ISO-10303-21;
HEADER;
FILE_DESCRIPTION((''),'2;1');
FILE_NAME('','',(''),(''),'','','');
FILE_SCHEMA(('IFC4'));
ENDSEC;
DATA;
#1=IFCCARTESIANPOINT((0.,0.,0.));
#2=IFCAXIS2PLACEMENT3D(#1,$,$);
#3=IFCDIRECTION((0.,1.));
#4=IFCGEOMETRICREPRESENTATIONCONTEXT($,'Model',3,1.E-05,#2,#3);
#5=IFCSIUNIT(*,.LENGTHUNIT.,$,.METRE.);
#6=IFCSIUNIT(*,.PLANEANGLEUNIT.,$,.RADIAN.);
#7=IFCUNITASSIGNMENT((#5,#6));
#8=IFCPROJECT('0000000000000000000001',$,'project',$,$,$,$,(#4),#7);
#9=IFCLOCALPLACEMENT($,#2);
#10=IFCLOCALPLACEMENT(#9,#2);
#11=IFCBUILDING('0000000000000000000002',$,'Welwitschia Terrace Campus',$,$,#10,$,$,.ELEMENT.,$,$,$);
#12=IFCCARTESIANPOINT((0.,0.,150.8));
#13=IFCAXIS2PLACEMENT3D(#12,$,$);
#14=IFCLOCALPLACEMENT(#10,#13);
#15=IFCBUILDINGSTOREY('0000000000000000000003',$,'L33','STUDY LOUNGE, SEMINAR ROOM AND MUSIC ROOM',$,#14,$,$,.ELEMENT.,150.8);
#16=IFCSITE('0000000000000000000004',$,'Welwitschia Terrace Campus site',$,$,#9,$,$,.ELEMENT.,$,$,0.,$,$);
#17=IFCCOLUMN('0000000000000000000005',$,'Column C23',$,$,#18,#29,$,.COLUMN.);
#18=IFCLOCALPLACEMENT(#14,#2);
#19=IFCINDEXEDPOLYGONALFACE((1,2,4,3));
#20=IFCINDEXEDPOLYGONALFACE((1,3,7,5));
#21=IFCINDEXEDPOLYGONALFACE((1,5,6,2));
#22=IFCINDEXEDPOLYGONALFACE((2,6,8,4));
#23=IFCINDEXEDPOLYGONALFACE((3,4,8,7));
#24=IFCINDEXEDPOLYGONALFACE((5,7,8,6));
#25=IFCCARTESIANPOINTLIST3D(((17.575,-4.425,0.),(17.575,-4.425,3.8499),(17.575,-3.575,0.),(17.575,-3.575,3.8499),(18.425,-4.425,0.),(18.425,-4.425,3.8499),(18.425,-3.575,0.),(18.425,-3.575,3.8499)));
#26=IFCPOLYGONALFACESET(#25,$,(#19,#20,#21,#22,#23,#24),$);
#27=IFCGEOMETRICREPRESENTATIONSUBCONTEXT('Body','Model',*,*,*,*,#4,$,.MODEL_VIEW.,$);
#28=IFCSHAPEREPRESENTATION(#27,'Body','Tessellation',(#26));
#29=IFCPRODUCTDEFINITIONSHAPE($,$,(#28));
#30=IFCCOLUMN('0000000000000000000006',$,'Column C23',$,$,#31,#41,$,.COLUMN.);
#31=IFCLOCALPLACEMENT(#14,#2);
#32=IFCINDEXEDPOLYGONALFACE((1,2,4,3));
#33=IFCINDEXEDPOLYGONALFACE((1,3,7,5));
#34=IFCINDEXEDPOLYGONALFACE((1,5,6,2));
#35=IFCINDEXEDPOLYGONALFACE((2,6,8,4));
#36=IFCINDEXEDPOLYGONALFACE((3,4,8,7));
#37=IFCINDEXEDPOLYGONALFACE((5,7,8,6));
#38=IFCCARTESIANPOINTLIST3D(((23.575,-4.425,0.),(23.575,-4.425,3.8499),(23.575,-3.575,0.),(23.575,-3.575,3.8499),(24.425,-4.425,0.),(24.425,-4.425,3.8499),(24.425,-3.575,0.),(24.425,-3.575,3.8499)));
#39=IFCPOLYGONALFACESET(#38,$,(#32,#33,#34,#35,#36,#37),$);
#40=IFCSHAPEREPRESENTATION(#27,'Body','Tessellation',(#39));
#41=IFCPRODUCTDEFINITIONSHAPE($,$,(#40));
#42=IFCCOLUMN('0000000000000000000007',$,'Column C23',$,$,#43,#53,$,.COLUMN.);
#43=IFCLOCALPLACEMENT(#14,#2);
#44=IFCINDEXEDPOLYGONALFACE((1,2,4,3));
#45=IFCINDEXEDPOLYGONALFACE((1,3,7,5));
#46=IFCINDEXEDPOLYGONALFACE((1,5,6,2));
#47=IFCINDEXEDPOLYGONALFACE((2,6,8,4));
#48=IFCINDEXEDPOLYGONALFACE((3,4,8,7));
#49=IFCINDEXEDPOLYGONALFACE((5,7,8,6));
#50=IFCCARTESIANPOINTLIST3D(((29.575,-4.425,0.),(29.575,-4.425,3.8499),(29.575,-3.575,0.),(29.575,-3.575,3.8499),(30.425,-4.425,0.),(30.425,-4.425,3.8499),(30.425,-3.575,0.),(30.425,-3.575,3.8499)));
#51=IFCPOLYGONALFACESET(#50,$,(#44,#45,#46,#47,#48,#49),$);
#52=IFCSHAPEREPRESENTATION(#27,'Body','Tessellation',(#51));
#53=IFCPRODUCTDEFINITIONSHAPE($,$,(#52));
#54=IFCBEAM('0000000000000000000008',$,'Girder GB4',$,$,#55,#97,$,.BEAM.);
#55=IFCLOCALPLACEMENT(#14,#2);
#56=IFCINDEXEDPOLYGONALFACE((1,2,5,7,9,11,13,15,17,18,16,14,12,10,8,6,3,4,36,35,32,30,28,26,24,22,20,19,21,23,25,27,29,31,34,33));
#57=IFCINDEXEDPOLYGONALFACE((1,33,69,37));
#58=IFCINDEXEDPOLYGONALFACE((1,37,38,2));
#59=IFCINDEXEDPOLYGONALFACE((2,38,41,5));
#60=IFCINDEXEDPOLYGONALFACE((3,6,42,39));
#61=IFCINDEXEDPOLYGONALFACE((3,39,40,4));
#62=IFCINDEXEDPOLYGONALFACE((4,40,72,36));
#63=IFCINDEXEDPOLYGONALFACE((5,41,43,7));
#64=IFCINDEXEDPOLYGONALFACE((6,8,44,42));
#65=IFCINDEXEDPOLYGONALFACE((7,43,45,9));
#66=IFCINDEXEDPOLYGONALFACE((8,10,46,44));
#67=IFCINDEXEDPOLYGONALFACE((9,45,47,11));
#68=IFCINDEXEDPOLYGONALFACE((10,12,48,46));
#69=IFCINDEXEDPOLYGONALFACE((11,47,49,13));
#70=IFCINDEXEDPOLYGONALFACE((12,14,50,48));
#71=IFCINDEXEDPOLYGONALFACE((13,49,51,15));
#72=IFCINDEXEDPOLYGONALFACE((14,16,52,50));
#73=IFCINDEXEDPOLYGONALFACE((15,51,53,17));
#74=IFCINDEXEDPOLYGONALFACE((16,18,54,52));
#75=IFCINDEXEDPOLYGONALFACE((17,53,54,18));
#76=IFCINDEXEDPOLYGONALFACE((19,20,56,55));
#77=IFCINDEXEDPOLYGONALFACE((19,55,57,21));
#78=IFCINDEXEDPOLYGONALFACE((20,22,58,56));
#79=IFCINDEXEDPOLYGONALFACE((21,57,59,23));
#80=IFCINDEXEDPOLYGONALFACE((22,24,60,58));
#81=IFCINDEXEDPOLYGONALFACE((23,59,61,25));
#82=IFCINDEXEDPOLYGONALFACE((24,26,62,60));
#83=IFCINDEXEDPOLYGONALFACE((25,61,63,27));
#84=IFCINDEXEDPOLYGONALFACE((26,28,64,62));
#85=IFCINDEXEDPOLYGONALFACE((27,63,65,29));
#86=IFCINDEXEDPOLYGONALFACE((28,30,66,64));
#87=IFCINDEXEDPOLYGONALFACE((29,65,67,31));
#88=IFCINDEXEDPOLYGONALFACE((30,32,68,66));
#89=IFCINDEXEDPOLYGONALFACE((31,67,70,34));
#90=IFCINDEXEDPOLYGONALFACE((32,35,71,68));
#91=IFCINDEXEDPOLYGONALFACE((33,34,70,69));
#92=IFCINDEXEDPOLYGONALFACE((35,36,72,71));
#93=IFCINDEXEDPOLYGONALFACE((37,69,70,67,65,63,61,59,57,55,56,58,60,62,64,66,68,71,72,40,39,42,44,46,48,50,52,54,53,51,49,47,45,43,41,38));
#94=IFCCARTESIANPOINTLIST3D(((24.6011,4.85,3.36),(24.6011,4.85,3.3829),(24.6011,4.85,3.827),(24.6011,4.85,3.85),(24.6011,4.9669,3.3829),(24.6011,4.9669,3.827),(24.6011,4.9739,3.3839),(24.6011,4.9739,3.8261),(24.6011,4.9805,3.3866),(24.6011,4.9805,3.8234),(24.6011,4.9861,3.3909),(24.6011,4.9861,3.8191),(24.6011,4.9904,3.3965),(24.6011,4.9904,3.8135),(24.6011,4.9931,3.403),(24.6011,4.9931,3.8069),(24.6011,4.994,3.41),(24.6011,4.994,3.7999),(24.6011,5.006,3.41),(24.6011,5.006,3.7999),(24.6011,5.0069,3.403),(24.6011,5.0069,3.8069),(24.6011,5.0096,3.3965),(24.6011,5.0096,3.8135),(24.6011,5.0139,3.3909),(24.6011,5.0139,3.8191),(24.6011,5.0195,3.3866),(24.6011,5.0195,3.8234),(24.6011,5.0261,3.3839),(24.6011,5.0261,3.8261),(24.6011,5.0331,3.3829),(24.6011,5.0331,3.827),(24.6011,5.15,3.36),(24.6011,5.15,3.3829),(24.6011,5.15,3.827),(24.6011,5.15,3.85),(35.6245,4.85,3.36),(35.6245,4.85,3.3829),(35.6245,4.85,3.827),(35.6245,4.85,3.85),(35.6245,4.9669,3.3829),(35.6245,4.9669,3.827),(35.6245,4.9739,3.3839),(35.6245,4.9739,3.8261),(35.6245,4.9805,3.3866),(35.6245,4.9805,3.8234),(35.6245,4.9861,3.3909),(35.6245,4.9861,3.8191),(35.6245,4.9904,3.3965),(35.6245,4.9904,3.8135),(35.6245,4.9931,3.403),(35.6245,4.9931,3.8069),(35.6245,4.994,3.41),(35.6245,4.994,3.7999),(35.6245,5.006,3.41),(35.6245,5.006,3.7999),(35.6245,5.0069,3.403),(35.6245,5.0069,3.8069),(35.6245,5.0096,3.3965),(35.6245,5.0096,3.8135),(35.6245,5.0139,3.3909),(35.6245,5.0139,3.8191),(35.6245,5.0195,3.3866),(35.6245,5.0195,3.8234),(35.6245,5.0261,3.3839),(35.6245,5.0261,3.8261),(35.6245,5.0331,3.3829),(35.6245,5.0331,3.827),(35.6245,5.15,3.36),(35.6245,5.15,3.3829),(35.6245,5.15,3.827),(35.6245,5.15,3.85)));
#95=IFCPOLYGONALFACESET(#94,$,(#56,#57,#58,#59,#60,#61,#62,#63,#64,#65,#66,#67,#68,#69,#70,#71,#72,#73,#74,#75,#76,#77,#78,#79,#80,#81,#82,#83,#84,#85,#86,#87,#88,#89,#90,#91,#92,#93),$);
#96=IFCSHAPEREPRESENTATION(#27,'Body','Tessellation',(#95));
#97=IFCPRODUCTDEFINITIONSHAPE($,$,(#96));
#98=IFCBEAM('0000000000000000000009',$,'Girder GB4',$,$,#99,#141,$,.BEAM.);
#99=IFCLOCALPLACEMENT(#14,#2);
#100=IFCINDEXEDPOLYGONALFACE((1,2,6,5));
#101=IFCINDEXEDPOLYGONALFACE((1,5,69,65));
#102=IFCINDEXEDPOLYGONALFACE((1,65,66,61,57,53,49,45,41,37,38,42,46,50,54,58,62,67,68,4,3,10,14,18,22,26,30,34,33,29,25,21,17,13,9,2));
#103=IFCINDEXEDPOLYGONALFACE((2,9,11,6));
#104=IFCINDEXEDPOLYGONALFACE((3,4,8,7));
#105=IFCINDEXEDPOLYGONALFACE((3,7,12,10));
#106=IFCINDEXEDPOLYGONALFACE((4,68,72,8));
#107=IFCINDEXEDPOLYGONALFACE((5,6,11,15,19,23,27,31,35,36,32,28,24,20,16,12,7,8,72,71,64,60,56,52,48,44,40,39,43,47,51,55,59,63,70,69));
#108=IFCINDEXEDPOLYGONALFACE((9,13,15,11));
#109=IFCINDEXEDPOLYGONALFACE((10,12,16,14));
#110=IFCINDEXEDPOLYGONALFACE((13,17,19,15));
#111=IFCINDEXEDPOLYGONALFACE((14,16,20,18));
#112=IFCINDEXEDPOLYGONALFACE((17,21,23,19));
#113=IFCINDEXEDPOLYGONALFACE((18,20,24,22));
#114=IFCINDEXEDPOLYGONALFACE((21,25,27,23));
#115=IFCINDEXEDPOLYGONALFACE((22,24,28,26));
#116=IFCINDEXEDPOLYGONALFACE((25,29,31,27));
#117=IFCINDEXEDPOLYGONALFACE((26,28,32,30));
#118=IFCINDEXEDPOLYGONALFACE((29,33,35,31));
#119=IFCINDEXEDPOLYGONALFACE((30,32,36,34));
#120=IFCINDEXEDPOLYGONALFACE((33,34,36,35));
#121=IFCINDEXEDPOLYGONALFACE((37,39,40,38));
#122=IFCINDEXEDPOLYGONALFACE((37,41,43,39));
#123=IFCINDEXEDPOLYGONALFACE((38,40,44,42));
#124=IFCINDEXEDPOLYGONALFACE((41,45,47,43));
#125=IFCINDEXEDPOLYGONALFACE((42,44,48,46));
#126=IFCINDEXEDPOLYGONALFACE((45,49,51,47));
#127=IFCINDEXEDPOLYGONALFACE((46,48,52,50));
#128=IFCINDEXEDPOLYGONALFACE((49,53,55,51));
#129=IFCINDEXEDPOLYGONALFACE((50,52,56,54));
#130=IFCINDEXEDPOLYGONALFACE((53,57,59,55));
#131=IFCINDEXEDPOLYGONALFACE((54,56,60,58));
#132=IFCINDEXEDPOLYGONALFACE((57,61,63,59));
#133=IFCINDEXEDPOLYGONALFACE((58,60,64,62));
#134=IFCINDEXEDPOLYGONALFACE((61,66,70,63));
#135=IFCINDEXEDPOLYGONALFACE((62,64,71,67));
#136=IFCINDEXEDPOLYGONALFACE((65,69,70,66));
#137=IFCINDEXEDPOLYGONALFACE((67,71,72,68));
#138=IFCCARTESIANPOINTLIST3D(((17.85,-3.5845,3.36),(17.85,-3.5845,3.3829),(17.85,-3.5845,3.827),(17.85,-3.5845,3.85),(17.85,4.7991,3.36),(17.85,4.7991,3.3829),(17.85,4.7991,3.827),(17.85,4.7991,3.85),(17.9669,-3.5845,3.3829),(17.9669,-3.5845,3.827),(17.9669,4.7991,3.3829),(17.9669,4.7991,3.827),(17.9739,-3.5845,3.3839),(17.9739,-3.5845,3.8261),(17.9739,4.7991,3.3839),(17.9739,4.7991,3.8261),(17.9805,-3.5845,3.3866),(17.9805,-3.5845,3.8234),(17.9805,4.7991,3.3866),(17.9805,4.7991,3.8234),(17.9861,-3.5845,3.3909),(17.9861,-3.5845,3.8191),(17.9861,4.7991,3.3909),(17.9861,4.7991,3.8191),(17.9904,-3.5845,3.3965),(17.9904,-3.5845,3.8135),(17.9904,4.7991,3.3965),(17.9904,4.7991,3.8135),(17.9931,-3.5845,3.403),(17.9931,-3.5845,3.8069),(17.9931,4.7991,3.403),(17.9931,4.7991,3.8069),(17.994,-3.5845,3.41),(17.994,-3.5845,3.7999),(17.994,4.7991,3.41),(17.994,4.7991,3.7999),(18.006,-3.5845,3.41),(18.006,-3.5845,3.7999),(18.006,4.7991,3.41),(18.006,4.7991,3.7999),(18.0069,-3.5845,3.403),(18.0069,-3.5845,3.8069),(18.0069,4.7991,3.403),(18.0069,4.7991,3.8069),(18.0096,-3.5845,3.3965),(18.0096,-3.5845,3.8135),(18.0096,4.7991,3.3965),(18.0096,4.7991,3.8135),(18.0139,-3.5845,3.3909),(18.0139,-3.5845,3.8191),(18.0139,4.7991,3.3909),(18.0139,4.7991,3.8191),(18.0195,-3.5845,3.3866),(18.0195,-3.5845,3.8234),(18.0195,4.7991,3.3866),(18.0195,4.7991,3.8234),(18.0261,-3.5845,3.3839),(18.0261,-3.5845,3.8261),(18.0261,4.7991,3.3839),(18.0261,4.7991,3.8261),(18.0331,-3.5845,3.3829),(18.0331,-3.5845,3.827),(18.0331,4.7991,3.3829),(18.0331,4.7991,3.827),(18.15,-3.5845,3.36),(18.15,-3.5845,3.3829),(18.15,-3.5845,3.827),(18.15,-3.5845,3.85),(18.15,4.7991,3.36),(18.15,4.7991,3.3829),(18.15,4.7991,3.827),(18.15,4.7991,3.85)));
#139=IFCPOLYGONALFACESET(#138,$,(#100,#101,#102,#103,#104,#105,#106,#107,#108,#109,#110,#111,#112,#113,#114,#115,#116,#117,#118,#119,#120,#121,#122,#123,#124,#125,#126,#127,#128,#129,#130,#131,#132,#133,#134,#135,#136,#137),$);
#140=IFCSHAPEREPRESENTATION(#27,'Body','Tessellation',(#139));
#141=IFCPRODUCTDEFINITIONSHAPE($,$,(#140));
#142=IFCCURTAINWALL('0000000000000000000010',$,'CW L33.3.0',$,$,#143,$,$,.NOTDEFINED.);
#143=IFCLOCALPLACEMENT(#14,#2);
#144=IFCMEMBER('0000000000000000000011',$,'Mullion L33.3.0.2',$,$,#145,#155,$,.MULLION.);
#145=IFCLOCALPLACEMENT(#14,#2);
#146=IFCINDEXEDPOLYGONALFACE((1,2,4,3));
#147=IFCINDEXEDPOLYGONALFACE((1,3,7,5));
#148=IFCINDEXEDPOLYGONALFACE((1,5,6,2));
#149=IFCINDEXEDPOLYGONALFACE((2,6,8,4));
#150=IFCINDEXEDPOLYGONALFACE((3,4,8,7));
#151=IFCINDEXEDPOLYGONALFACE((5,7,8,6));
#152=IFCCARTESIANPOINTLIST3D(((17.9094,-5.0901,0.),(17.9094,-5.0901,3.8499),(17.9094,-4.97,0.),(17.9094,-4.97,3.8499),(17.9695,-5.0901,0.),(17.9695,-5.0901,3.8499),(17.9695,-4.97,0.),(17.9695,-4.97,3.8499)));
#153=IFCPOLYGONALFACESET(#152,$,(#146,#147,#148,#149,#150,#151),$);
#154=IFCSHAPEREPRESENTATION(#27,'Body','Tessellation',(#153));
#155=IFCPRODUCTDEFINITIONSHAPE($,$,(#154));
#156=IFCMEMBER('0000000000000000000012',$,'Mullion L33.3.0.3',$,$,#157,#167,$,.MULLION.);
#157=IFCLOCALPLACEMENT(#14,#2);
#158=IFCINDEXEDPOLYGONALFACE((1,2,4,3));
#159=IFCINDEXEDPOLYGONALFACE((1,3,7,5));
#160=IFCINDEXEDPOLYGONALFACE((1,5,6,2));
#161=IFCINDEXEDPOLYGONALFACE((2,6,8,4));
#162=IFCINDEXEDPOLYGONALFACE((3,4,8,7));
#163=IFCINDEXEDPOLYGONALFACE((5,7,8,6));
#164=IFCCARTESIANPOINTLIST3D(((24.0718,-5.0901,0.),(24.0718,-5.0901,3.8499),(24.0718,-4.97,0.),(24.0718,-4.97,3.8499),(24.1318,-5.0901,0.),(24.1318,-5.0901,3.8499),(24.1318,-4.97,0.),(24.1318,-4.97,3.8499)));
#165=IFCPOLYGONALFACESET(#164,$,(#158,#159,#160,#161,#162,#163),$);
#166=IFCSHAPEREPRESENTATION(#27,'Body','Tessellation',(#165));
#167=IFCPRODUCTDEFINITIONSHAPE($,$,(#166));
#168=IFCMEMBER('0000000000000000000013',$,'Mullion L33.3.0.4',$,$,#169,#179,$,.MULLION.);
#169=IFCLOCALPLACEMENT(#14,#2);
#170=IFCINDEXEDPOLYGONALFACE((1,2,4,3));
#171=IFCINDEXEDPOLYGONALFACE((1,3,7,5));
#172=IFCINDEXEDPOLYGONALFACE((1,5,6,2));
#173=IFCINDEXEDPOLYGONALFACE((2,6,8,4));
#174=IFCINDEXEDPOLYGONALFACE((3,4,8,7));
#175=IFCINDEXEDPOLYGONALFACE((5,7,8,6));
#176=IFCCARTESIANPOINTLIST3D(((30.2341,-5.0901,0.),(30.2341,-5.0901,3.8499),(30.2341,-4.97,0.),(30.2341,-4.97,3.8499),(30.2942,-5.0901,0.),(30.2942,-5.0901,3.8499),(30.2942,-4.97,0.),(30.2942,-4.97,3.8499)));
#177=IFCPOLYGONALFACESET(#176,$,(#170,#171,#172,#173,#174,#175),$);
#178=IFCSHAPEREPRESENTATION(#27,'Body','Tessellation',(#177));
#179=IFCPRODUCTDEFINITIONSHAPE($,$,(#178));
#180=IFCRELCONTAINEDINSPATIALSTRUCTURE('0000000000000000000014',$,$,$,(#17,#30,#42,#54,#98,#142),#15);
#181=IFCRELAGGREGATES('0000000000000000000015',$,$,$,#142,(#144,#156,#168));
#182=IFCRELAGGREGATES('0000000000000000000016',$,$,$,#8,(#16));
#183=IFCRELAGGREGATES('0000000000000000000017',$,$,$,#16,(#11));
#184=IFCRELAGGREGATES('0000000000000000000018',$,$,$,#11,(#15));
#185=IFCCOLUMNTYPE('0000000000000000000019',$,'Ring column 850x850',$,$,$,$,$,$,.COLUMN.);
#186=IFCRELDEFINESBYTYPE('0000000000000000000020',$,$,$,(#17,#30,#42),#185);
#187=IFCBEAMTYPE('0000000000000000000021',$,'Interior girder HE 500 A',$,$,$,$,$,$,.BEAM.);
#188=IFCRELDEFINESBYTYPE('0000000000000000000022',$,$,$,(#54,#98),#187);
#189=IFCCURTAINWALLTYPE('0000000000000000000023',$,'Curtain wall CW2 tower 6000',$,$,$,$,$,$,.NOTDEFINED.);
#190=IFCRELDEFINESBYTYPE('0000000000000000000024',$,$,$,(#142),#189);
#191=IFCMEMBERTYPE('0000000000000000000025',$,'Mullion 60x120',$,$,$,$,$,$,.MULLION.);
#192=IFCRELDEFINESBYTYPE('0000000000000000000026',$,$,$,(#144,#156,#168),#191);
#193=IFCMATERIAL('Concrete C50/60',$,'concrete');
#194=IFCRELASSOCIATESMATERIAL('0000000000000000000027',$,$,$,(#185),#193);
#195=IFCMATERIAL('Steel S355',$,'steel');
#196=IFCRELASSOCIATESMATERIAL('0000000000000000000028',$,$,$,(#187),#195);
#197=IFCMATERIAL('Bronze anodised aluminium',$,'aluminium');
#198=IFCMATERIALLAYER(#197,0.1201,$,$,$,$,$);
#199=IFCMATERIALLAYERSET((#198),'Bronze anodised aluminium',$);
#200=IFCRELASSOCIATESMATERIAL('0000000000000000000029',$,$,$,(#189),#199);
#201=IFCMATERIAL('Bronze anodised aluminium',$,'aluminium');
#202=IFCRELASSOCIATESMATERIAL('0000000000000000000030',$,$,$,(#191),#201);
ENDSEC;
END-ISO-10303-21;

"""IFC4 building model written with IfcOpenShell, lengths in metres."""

from ifc_helpers import new_model, si_unit, direction, frame, origin, origin_2d, place, context, subcontext, project, spatial, rectangle, i_section, extrude, material, layer, layer_set, material_profile, profile_set, type_object, element, aggregate, save


model = new_model("IFC4")

# Units and contexts
model_context = context("Model", 3, precision=1e-05, world=origin(), true_north=direction((0.0, 1.0)))
body_context = subcontext(model_context, "Body", "Model", "MODEL_VIEW")
ifc_project = project(units=[si_unit("LENGTHUNIT", "METRE"), si_unit("PLANEANGLEUNIT", "RADIAN")], contexts=[model_context])

# Site, building, storey
site_placement = place(None, origin())
site = spatial("IfcSite", under=ifc_project, at=site_placement, Name="Welwitschia Terrace Campus site", CompositionType="ELEMENT", RefElevation=0.0)
building_placement = place(site_placement, origin())
building = spatial("IfcBuilding", under=site, at=building_placement, Name="Welwitschia Terrace Campus", CompositionType="ELEMENT")
storey_placement = place(building_placement, frame((0.0, 0.0, 150.8)))
storey = spatial("IfcBuildingStorey", under=building, at=storey_placement, Name="L33", Description="STUDY LOUNGE, SEMINAR ROOM AND MUSIC ROOM", CompositionType="ELEMENT", Elevation=150.8)

# Columns
ifc_material_1 = material(Name="Concrete C50/60", Category="concrete")
ifc_material_profile_1 = material_profile(ifc_material_1, rectangle(XDim=0.8501, YDim=0.8501, at=origin_2d()))
ifc_profile_set_1 = profile_set([ifc_material_profile_1], Name="Concrete C50/60")
column_type = type_object("IfcColumnType", Name="Ring column 850x850", PredefinedType="COLUMN", material=ifc_profile_set_1)
for number, where, z_axis, x_axis, name in (
    (1, (18.0, -4.0, 0.0), (0.0, 0.0, 1.0), (1.0, 0.0, 0.0), "Column C23"),
    (2, (24.0, -4.0, 0.0), (0.0, 0.0, 1.0), (1.0, 0.0, 0.0), "Column C23"),
    (3, (30.0, -4.0, 0.0), (0.0, 0.0, 1.0), (1.0, 0.0, 0.0), "Column C23"),
):
    element("IfcColumn", number, at=place(storey_placement, frame(where, z_axis=z_axis, x_axis=x_axis)), inside=storey, type_object=column_type, Name=name, PredefinedType="COLUMN", context=body_context, shape_type="SweptSolid", body=[
        extrude(rectangle(XDim=0.8501, YDim=0.8501, at=origin_2d()), origin(), (0.0, 0.0, 1.0), 3.8499),
    ])

# Beams
ifc_material_2 = material(Name="Steel S355", Category="steel")
ifc_material_profile_2 = material_profile(ifc_material_2, i_section(OverallWidth=0.3, OverallDepth=0.49, WebThickness=0.012, FlangeThickness=0.0229, FilletRadius=0.0271, at=origin_2d()))
ifc_profile_set_2 = profile_set([ifc_material_profile_2], Name="Steel S355")
beam_type_1 = type_object("IfcBeamType", Name="Interior girder HE 500 A", PredefinedType="BEAM", material=ifc_profile_set_2)
beam_1_placement = place(storey_placement, frame((24.6011, 5.0, 3.605), z_axis=(1.0, 0.0, 0.0), x_axis=(0.0, 1.0, 0.0)))
element("IfcBeam", 4, at=beam_1_placement, inside=storey, type_object=beam_type_1, Name="Girder GB4", PredefinedType="BEAM", context=body_context, shape_type="SweptSolid", body=[
    extrude(i_section(OverallWidth=0.3, OverallDepth=0.49, WebThickness=0.012, FlangeThickness=0.0229, FilletRadius=0.0271, at=origin_2d()), origin(), (0.0, 0.0, 1.0), 11.0234),
])
beam_2_placement = place(storey_placement, frame((18.0, -3.5845, 3.605), z_axis=(0.0, 1.0, 0.0), x_axis=(-1.0, 0.0, 0.0)))
element("IfcBeam", 5, at=beam_2_placement, inside=storey, type_object=beam_type_1, Name="Girder GB4", PredefinedType="BEAM", context=body_context, shape_type="SweptSolid", body=[
    extrude(i_section(OverallWidth=0.3, OverallDepth=0.49, WebThickness=0.012, FlangeThickness=0.0229, FilletRadius=0.0271, at=origin_2d()), origin(), (0.0, 0.0, 1.0), 8.3835),
])

# Curtain wall, members
ifc_material_3 = material(Name="Bronze anodised aluminium", Category="aluminium")
ifc_layer_1 = layer(ifc_material_3, 0.1201)
ifc_layer_set_1 = layer_set([ifc_layer_1], Name="Bronze anodised aluminium")
curtain_wall_type = type_object("IfcCurtainWallType", Name="Curtain wall CW2 tower 6000", PredefinedType="NOTDEFINED", material=ifc_layer_set_1)
curtain_wall_placement = place(storey_placement, origin())
curtain_wall = element("IfcCurtainWall", 6, at=curtain_wall_placement, inside=storey, type_object=curtain_wall_type, Name="CW L33.3.0", PredefinedType="NOTDEFINED")
ifc_material_4 = material(Name="Bronze anodised aluminium", Category="aluminium")
ifc_material_profile_3 = material_profile(ifc_material_4, rectangle(XDim=0.1201, YDim=0.0601, at=origin_2d()))
ifc_profile_set_3 = profile_set([ifc_material_profile_3], Name="Bronze anodised aluminium")
member_type = type_object("IfcMemberType", Name="Mullion 60x120", PredefinedType="MULLION", material=ifc_profile_set_3)
member_1_placement = place(storey_placement, frame((17.9395, -5.03, 0.0), z_axis=(0.0, 0.0, 1.0), x_axis=(0.0, 1.0, 0.0)))
member_1 = element("IfcMember", 7, at=member_1_placement, type_object=member_type, Name="Mullion L33.3.0.2", PredefinedType="MULLION", context=body_context, shape_type="SweptSolid", body=[
    extrude(rectangle(XDim=0.1201, YDim=0.0601, at=origin_2d()), origin(), (0.0, 0.0, 1.0), 3.8499),
])
member_2_placement = place(storey_placement, frame((24.1018, -5.03, 0.0), z_axis=(0.0, 0.0, 1.0), x_axis=(0.0, 1.0, 0.0)))
member_2 = element("IfcMember", 8, at=member_2_placement, type_object=member_type, Name="Mullion L33.3.0.3", PredefinedType="MULLION", context=body_context, shape_type="SweptSolid", body=[
    extrude(rectangle(XDim=0.1201, YDim=0.0601, at=origin_2d()), origin(), (0.0, 0.0, 1.0), 3.8499),
])
member_3_placement = place(storey_placement, frame((30.2642, -5.03, 0.0), z_axis=(0.0, 0.0, 1.0), x_axis=(0.0, 1.0, 0.0)))
member_3 = element("IfcMember", 9, at=member_3_placement, type_object=member_type, Name="Mullion L33.3.0.4", PredefinedType="MULLION", context=body_context, shape_type="SweptSolid", body=[
    extrude(rectangle(XDim=0.1201, YDim=0.0601, at=origin_2d()), origin(), (0.0, 0.0, 1.0), 3.8499),
])

aggregate(curtain_wall, [member_1, member_2, member_3])

save(model, "model.ifc")
